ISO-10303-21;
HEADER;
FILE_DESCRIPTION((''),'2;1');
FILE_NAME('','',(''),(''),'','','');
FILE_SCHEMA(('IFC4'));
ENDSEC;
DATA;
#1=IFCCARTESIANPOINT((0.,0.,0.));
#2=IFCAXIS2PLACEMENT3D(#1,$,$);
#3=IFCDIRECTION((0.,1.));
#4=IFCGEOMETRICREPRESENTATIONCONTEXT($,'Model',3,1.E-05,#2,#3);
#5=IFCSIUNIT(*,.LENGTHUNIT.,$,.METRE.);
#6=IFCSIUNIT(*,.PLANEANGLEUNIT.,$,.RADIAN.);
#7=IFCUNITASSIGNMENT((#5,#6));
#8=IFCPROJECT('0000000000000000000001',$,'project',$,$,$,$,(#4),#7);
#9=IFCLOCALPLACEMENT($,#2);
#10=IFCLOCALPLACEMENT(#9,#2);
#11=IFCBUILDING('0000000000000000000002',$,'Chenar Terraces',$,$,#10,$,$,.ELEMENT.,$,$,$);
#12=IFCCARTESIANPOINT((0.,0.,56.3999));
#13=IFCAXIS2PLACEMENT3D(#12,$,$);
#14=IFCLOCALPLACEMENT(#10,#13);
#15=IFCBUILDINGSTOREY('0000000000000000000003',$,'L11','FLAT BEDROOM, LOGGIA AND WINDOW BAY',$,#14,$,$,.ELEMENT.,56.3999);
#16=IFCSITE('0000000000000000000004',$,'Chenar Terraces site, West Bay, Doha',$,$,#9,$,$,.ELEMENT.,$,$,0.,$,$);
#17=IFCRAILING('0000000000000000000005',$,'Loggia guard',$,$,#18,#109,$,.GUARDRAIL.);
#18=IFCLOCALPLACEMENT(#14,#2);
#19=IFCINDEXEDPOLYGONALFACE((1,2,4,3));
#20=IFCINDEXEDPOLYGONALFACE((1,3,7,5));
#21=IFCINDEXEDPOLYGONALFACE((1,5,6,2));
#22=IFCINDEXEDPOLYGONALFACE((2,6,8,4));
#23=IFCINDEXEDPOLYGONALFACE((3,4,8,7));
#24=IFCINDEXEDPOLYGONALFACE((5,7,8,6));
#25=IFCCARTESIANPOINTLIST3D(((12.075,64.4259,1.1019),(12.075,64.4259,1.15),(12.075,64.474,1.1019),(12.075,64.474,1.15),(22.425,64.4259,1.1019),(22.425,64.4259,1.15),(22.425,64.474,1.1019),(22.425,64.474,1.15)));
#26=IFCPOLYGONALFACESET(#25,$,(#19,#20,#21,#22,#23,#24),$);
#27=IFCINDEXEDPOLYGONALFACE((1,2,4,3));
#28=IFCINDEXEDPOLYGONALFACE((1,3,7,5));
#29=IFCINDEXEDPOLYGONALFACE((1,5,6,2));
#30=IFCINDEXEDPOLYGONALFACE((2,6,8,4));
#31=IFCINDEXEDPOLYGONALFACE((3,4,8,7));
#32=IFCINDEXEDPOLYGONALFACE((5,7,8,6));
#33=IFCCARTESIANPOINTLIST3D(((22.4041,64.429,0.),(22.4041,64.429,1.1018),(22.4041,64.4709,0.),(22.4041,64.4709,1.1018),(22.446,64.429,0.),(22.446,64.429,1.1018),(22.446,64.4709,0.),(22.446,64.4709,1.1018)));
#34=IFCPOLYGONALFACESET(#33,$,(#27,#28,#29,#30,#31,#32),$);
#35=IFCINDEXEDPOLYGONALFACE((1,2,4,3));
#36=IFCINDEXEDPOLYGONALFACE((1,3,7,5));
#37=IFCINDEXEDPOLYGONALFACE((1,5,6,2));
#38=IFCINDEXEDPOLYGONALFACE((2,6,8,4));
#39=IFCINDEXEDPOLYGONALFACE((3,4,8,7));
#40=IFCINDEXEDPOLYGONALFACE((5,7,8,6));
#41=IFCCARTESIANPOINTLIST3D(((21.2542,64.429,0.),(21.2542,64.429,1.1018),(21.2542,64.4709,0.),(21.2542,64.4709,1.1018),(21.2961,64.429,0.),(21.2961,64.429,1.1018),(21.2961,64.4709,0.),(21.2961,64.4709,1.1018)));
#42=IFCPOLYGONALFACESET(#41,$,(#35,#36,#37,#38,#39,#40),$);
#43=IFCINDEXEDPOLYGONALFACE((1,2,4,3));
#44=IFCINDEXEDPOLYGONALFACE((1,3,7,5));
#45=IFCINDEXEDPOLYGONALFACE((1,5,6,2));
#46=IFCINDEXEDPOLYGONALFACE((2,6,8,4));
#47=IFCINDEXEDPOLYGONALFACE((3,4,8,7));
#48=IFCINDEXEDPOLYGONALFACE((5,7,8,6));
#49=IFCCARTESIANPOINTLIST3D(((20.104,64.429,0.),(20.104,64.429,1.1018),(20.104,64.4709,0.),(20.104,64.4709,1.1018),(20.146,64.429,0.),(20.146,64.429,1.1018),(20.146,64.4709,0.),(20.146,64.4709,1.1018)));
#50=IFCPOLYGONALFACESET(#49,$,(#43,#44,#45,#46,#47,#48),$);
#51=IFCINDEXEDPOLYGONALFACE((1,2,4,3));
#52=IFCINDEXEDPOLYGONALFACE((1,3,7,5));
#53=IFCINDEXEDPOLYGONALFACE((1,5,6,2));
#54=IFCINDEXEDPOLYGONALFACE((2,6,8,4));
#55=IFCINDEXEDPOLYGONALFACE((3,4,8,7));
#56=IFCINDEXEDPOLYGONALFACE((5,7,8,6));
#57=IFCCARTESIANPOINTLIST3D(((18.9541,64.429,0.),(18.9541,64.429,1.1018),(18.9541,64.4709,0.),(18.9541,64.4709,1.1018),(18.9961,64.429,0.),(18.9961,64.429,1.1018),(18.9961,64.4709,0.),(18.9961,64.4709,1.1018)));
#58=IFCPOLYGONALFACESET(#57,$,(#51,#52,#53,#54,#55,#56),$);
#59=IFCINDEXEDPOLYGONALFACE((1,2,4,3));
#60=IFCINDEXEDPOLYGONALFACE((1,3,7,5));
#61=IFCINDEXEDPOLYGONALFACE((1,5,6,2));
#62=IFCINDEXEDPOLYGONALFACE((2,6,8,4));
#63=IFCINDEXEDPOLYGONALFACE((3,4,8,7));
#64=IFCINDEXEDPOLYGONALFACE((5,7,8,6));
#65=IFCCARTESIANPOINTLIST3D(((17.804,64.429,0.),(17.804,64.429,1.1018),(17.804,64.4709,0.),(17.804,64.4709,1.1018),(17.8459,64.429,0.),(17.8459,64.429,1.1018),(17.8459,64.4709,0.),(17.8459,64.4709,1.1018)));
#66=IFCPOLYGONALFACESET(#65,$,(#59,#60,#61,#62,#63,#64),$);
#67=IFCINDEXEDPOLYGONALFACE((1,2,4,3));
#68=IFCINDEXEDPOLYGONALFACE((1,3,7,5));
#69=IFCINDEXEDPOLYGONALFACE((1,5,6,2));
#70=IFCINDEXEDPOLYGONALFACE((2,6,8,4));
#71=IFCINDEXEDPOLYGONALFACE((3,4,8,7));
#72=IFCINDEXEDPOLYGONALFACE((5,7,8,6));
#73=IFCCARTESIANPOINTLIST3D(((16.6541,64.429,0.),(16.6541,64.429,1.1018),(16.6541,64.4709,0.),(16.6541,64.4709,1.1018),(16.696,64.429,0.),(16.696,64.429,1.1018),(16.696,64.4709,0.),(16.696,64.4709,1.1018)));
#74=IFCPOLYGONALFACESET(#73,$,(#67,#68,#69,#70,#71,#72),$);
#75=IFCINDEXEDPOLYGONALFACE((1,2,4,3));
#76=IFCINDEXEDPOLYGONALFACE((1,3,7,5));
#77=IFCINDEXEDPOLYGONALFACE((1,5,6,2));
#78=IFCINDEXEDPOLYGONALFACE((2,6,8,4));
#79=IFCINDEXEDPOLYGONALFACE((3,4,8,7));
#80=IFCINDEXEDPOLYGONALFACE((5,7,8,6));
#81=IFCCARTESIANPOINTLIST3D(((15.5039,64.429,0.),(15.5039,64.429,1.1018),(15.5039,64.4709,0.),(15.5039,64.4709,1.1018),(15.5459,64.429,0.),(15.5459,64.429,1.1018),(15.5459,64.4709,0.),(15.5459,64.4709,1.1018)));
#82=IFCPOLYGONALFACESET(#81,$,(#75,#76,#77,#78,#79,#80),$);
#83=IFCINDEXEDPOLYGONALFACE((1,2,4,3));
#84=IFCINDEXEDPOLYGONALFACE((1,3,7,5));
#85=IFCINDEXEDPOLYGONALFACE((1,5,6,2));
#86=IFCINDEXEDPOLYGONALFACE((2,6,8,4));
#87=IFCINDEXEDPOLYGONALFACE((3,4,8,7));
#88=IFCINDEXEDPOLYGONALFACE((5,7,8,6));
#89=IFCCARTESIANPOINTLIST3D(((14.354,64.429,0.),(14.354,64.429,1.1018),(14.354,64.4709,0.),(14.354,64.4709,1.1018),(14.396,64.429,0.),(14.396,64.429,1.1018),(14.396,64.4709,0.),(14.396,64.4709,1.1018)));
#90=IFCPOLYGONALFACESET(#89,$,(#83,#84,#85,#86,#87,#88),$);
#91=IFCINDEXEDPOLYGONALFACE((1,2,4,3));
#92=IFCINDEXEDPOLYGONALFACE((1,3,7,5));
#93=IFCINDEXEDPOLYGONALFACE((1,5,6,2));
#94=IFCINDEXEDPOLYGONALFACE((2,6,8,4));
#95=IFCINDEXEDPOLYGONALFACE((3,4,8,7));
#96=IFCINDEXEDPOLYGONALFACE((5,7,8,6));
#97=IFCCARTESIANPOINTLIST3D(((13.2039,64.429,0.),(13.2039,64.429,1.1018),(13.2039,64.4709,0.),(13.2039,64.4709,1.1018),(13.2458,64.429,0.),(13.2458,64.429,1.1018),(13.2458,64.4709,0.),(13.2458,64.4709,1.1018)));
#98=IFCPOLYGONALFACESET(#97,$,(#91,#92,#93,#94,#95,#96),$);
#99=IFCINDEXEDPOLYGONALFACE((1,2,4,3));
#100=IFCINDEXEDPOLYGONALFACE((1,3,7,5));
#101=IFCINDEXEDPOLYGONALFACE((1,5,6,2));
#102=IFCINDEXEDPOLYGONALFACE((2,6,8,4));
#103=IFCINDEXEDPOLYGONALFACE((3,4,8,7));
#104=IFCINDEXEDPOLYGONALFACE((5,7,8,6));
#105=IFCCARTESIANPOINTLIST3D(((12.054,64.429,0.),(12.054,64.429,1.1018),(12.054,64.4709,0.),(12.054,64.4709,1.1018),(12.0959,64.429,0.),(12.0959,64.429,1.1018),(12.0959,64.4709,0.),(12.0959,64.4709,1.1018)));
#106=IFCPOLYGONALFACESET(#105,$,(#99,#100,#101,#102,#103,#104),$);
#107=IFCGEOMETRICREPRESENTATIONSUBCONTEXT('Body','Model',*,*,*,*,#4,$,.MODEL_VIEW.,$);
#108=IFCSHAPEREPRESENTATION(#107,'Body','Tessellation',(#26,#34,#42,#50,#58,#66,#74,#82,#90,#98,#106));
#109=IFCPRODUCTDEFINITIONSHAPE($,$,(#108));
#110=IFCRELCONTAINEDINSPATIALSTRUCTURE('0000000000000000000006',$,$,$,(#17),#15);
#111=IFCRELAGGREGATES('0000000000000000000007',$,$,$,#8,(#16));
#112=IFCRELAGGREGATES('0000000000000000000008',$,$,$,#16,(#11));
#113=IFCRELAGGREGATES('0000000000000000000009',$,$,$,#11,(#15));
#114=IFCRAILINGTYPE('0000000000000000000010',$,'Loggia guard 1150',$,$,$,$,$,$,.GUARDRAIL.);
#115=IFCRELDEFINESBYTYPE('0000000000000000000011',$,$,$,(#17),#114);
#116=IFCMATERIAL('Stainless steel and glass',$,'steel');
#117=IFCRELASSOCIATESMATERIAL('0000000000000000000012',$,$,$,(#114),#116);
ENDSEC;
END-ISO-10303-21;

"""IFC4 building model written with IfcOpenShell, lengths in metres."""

from ifc_helpers import new_model, si_unit, direction, frame, origin, origin_2d, place, context, subcontext, project, spatial, rectangle, extrude, material, type_object, element, save


model = new_model("IFC4")

# Units and contexts
model_context = context("Model", 3, precision=1e-05, world=origin(), true_north=direction((0.0, 1.0)))
body_context = subcontext(model_context, "Body", "Model", "MODEL_VIEW")
ifc_project = project(units=[si_unit("LENGTHUNIT", "METRE"), si_unit("PLANEANGLEUNIT", "RADIAN")], contexts=[model_context])

# Site, building, storey
site_placement = place(None, origin())
site = spatial("IfcSite", under=ifc_project, at=site_placement, Name="Chenar Terraces site, West Bay, Doha", CompositionType="ELEMENT", RefElevation=0.0)
building_placement = place(site_placement, origin())
building = spatial("IfcBuilding", under=site, at=building_placement, Name="Chenar Terraces", CompositionType="ELEMENT")
storey_placement = place(building_placement, frame((0.0, 0.0, 56.3999)))
storey = spatial("IfcBuildingStorey", under=building, at=storey_placement, Name="L11", Description="FLAT BEDROOM, LOGGIA AND WINDOW BAY", CompositionType="ELEMENT", Elevation=56.3999)

# Railing
ifc_material_1 = material(Name="Stainless steel and glass", Category="steel")
railing_type_1 = type_object("IfcRailingType", Name="Loggia guard 1150", PredefinedType="GUARDRAIL", material=ifc_material_1)
railing_1_placement = place(storey_placement, frame((22.425, 64.45, 0.0)))
element("IfcRailing", 1, at=railing_1_placement, inside=storey, type_object=railing_type_1, Name="Loggia guard", PredefinedType="GUARDRAIL", context=body_context, shape_type="SweptSolid", body=[
    extrude(rectangle(XDim=0.0481, YDim=0.0481, at=origin_2d()), frame((0.0, 0.0, 1.126), z_axis=(-1.0, 0.0, 0.0), x_axis=(0.0, -1.0, 0.0)), (0.0, 0.0, 1.0), 10.3501),
    extrude(rectangle(XDim=0.042, YDim=0.042, at=origin_2d()), origin(), (0.0, 0.0, 1.0), 1.1018),
    extrude(rectangle(XDim=0.042, YDim=0.042, at=origin_2d()), frame((-1.1499, 0.0, 0.0)), (0.0, 0.0, 1.0), 1.1018),
    extrude(rectangle(XDim=0.042, YDim=0.042, at=origin_2d()), frame((-2.3, 0.0, 0.0)), (0.0, 0.0, 1.0), 1.1018),
    extrude(rectangle(XDim=0.042, YDim=0.042, at=origin_2d()), frame((-3.45, 0.0, 0.0)), (0.0, 0.0, 1.0), 1.1018),
    extrude(rectangle(XDim=0.042, YDim=0.042, at=origin_2d()), frame((-4.6001, 0.0, 0.0)), (0.0, 0.0, 1.0), 1.1018),
    extrude(rectangle(XDim=0.042, YDim=0.042, at=origin_2d()), frame((-5.75, 0.0, 0.0)), (0.0, 0.0, 1.0), 1.1018),
    extrude(rectangle(XDim=0.042, YDim=0.042, at=origin_2d()), frame((-6.9001, 0.0, 0.0)), (0.0, 0.0, 1.0), 1.1018),
    extrude(rectangle(XDim=0.042, YDim=0.042, at=origin_2d()), frame((-8.05, 0.0, 0.0)), (0.0, 0.0, 1.0), 1.1018),
    extrude(rectangle(XDim=0.042, YDim=0.042, at=origin_2d()), frame((-9.2002, 0.0, 0.0)), (0.0, 0.0, 1.0), 1.1018),
    extrude(rectangle(XDim=0.042, YDim=0.042, at=origin_2d()), frame((-10.3501, 0.0, 0.0)), (0.0, 0.0, 1.0), 1.1018),
])

save(model, "model.ifc")
